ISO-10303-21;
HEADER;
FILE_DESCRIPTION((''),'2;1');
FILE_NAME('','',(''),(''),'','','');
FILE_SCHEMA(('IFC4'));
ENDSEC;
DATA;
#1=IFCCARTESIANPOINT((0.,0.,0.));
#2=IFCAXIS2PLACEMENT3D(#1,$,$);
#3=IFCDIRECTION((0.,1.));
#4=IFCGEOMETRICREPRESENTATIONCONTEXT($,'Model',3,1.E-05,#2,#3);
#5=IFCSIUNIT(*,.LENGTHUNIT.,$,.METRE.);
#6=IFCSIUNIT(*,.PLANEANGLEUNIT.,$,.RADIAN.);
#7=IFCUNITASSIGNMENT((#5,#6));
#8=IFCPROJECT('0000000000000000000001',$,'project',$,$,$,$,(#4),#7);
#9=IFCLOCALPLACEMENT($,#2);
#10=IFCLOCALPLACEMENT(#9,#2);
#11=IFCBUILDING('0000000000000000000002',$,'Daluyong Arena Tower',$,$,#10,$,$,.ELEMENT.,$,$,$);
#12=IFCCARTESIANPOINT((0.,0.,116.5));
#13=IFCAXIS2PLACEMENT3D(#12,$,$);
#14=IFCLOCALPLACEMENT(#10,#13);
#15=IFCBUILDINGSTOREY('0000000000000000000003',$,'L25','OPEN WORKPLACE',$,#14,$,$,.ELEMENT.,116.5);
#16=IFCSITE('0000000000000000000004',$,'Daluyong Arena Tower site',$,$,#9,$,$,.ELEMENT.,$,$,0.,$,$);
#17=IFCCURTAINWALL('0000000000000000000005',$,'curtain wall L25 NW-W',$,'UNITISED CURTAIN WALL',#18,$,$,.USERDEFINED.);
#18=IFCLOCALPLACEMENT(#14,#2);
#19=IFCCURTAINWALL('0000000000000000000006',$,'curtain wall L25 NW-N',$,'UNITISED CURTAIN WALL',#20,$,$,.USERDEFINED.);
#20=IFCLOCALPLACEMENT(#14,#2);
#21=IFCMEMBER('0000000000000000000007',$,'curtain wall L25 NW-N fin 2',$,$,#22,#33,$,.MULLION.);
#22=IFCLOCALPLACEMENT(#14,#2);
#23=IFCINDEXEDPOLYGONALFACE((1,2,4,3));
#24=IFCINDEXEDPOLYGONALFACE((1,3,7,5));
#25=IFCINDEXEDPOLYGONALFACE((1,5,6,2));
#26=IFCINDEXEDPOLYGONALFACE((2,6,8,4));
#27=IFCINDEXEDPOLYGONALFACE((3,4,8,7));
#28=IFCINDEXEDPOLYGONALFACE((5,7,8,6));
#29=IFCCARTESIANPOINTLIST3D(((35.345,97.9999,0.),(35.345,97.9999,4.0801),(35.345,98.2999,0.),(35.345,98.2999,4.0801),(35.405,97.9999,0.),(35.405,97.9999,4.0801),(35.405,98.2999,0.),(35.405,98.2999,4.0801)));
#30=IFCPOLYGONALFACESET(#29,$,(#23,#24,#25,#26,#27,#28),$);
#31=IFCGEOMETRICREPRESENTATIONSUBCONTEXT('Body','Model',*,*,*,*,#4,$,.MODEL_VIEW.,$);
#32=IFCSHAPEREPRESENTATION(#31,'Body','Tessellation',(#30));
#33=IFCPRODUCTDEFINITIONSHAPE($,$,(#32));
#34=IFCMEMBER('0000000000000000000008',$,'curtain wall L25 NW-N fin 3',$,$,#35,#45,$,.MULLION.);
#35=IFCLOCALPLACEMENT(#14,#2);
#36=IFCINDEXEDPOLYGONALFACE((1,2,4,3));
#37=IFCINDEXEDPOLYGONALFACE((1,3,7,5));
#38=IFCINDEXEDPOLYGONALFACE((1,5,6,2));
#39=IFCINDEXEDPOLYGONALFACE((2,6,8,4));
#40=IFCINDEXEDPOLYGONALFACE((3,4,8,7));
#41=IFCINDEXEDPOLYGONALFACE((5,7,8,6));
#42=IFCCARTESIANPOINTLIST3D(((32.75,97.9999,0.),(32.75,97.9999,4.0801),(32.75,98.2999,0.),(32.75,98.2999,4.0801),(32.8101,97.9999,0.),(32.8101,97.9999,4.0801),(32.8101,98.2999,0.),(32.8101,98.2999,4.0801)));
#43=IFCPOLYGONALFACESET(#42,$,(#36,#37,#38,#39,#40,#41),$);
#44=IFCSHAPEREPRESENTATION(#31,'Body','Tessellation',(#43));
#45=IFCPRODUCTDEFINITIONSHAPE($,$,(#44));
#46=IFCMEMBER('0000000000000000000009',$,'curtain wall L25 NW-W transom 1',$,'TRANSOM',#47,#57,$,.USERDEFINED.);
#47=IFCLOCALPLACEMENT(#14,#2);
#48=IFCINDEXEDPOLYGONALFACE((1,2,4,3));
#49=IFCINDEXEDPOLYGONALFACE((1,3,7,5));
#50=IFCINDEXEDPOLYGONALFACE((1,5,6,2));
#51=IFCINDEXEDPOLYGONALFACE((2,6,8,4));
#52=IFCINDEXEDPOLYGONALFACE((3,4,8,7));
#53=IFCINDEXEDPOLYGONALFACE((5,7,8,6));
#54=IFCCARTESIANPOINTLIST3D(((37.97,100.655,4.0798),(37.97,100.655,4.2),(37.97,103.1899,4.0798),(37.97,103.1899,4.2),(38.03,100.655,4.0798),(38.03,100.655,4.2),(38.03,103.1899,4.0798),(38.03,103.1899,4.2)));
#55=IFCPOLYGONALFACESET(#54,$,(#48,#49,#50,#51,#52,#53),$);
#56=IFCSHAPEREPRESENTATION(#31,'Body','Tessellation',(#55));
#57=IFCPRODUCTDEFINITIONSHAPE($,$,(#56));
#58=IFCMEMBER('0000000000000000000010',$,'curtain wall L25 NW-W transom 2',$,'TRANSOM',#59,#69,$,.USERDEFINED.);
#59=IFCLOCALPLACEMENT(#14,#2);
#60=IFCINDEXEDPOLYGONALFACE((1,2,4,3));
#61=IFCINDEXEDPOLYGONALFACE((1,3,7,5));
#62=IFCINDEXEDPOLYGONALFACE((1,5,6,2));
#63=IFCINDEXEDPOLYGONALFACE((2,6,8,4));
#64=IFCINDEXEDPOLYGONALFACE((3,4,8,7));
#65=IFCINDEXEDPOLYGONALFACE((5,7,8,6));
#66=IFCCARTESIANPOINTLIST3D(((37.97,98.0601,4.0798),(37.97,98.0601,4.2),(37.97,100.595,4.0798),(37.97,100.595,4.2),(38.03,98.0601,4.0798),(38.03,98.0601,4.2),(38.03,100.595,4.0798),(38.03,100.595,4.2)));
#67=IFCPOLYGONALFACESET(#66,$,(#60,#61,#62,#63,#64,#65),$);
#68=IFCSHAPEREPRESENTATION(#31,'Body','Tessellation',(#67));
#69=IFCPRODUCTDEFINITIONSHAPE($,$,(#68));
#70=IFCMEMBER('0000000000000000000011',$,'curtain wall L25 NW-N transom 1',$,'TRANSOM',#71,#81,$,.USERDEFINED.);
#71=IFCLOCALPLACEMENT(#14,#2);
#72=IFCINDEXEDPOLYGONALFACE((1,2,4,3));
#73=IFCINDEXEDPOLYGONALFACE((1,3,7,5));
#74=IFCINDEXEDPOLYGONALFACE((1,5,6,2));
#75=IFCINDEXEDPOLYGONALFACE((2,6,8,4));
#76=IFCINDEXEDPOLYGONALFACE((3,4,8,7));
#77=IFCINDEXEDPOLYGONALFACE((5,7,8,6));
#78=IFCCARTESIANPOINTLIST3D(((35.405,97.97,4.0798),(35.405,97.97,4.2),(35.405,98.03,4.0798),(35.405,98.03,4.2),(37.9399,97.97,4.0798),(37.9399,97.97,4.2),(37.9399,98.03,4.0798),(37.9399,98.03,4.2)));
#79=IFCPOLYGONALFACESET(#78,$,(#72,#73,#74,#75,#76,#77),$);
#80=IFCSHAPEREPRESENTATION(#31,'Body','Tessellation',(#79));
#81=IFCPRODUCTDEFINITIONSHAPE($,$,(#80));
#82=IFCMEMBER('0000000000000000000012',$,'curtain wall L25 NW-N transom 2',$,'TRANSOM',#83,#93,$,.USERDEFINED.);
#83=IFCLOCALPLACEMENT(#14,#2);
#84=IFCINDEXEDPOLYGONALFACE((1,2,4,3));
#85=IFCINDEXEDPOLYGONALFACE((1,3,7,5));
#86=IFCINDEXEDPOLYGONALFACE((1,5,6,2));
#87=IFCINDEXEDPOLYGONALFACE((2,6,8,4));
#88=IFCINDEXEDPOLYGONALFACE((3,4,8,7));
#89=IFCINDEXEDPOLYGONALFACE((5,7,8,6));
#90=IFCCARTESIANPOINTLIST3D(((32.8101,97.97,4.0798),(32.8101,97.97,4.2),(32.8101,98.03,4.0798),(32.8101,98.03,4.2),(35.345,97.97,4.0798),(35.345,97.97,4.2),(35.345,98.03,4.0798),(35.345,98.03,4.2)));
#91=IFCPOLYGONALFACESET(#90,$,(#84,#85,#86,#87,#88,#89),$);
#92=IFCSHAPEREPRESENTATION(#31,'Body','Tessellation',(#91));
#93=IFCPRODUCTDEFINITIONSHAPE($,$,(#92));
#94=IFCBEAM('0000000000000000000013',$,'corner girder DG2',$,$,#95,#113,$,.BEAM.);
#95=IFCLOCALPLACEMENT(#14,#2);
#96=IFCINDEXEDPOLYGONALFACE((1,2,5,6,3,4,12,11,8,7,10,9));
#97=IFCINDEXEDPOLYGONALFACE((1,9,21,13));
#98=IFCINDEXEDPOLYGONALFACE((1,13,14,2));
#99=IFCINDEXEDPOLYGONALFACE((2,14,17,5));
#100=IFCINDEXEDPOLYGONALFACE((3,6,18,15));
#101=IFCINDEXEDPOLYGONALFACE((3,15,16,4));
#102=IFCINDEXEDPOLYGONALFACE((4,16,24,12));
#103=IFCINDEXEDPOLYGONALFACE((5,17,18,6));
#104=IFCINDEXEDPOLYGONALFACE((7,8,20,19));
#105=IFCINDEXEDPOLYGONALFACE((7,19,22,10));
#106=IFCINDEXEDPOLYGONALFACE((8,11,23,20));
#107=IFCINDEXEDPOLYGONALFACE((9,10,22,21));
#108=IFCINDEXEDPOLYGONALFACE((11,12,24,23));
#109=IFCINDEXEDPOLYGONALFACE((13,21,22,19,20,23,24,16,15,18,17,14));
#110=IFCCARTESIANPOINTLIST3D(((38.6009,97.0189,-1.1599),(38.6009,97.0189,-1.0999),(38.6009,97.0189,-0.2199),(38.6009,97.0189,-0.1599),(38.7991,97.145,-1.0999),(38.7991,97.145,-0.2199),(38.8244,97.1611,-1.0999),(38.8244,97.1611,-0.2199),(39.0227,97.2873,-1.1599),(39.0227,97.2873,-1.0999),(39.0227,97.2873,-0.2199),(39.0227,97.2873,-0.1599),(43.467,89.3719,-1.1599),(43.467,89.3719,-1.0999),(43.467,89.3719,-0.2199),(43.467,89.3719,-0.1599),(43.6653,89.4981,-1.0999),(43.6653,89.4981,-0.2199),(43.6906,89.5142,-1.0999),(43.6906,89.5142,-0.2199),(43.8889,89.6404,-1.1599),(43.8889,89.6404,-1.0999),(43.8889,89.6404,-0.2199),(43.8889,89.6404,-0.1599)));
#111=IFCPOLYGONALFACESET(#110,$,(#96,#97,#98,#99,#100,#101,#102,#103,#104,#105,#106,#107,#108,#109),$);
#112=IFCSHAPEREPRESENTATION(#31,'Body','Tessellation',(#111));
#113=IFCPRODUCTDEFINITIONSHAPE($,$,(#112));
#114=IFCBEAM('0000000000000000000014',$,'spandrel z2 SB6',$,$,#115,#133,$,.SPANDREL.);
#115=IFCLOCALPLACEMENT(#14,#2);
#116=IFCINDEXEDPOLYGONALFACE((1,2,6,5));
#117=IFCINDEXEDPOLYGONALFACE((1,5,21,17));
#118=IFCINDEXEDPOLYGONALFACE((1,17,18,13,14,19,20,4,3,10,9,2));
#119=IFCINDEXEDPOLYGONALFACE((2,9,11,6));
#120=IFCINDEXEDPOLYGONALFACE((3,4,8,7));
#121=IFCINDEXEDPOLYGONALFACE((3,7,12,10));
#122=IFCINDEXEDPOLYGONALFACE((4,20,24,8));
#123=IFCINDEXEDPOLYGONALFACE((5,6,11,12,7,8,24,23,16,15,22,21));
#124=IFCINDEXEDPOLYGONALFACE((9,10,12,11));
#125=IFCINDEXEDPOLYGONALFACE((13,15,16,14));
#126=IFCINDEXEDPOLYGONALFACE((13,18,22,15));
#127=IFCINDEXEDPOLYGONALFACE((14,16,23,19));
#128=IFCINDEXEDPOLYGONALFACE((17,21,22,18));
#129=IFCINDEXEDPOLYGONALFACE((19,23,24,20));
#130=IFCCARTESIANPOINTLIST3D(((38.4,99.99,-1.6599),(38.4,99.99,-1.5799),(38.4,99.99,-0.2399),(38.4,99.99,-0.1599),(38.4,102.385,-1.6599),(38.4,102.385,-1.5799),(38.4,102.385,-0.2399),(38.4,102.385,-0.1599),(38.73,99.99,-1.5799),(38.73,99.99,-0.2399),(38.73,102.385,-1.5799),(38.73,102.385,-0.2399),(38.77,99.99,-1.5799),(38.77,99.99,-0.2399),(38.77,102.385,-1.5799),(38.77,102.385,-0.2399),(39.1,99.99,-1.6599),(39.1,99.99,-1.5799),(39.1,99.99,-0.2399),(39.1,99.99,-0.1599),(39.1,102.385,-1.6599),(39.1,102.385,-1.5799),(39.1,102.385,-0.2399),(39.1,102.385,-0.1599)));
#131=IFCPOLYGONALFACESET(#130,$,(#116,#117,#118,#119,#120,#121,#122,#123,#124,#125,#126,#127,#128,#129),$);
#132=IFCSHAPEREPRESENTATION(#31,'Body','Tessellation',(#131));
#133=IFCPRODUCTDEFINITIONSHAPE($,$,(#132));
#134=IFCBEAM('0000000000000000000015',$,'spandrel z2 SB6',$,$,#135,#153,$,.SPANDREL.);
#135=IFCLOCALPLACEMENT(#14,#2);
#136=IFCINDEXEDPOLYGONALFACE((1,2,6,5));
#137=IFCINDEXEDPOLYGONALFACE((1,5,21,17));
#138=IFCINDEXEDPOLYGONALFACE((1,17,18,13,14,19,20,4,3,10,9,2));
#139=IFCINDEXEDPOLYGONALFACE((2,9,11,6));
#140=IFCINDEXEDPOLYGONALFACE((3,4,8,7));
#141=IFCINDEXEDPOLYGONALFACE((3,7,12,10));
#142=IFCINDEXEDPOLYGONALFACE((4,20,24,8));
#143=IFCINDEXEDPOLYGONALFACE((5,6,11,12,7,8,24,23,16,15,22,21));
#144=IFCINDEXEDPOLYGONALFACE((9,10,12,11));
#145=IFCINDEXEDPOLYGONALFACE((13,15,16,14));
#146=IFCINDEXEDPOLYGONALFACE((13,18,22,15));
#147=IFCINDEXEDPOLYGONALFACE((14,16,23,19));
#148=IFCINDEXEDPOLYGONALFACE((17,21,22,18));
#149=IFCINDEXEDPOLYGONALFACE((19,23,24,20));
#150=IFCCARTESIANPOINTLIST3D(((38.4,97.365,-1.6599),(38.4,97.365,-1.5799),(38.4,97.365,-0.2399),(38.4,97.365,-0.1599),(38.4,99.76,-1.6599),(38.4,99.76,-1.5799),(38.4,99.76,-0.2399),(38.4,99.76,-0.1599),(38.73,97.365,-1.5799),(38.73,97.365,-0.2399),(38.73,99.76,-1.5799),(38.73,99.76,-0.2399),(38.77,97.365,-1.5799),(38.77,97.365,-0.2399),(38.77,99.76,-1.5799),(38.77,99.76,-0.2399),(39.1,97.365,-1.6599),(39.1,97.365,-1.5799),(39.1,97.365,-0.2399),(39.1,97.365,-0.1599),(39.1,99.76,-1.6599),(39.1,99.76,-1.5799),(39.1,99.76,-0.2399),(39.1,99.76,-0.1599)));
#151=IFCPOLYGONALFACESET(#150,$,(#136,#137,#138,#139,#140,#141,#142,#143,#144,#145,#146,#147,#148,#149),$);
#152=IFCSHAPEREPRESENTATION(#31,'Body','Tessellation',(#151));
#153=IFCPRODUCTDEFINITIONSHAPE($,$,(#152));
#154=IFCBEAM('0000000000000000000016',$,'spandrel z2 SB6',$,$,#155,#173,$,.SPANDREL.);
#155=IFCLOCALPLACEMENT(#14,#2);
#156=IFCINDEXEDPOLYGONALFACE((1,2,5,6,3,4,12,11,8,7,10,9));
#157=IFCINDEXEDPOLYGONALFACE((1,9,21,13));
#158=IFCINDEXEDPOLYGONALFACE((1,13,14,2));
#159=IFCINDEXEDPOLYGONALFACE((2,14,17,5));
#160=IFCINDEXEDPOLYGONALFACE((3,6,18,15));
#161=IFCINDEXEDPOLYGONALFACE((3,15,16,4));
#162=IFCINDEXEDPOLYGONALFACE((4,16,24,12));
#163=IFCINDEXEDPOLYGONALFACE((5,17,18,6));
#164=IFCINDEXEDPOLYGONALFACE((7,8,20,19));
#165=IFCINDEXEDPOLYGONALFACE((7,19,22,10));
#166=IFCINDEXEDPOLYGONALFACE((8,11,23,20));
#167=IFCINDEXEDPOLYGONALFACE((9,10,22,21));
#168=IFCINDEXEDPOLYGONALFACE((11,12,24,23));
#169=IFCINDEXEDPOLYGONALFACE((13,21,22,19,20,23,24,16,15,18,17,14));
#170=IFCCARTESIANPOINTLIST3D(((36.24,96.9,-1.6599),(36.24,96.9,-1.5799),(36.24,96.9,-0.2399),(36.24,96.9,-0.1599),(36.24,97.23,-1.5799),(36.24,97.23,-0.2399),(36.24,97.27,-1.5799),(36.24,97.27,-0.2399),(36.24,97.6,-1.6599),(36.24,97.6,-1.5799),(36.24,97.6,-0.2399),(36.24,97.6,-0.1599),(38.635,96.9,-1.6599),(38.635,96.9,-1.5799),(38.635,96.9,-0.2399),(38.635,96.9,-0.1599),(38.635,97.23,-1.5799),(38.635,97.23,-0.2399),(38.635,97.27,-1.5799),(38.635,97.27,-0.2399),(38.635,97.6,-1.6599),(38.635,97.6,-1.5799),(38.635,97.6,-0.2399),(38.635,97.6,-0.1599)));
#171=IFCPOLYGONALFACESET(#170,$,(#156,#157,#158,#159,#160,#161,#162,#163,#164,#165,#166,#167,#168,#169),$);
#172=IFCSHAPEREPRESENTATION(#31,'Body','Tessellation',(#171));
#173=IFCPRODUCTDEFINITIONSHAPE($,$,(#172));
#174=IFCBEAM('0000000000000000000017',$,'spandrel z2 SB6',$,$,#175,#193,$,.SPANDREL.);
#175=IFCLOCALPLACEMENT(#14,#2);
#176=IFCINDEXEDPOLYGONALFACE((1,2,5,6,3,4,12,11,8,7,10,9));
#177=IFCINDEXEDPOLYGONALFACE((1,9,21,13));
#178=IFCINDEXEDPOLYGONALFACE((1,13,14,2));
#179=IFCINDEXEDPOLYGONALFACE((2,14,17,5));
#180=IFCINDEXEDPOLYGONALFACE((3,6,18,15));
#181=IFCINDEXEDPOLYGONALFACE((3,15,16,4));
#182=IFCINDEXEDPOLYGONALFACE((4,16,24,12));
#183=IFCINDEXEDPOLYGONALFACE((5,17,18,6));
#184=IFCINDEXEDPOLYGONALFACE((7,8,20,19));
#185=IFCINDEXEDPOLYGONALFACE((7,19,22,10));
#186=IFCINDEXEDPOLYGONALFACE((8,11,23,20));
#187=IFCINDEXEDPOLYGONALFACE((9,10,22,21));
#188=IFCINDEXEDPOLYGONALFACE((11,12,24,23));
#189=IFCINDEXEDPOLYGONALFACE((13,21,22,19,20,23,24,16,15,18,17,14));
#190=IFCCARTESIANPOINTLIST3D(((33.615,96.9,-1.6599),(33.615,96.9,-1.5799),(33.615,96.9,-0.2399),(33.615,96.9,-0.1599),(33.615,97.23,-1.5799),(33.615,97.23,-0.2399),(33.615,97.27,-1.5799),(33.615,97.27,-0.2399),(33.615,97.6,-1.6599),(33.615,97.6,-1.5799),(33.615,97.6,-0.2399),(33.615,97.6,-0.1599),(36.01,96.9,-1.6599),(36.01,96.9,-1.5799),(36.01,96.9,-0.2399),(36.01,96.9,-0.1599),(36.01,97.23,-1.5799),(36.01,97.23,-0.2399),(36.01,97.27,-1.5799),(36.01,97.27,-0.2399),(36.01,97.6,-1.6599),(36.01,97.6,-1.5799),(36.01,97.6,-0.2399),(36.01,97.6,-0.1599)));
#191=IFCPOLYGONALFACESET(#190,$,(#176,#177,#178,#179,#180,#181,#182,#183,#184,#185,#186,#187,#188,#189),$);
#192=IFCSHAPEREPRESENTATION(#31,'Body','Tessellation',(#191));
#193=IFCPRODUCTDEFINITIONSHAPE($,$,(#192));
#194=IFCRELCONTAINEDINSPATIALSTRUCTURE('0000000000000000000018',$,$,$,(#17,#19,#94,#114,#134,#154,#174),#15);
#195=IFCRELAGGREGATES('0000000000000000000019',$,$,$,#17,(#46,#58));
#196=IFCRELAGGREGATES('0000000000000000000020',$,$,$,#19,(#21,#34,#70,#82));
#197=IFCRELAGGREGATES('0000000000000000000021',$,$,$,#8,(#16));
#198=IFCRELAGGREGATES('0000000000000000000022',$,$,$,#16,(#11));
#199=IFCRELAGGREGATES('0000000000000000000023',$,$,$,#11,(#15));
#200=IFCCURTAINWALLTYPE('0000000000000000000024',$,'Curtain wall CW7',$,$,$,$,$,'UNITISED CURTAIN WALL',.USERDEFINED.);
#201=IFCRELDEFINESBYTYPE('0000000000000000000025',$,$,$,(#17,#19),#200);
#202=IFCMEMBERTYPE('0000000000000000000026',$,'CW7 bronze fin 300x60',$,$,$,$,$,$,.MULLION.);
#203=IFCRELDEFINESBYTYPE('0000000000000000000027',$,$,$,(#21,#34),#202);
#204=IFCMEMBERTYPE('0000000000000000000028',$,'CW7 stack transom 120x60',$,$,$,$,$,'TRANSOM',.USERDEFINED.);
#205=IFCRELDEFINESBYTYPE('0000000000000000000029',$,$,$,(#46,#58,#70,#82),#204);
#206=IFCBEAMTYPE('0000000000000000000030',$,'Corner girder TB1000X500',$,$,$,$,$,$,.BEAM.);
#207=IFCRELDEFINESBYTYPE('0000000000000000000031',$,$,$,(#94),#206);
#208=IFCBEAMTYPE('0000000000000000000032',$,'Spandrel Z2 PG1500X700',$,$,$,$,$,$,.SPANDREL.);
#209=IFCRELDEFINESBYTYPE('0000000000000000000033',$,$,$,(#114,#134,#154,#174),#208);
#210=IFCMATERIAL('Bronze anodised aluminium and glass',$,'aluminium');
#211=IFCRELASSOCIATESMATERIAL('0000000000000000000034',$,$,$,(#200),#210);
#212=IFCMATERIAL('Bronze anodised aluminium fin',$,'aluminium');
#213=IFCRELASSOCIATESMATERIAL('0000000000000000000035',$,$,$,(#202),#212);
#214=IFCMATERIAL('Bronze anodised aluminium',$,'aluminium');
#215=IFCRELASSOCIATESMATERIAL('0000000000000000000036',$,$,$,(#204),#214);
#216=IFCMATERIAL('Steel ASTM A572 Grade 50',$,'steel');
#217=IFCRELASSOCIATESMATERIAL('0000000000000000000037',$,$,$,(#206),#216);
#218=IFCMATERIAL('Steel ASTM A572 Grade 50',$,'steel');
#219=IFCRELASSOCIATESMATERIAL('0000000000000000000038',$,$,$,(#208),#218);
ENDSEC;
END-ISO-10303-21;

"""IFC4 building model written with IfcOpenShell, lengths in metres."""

from ifc_helpers import new_model, si_unit, direction, frame, origin, origin_2d, place, context, subcontext, project, spatial, rectangle, i_section, extrude, material, material_profile, profile_set, type_object, element, aggregate, save


model = new_model("IFC4")

# Units and contexts
model_context = context("Model", 3, precision=1e-05, world=origin(), true_north=direction((0.0, 1.0)))
body_context = subcontext(model_context, "Body", "Model", "MODEL_VIEW")
ifc_project = project(units=[si_unit("LENGTHUNIT", "METRE"), si_unit("PLANEANGLEUNIT", "RADIAN")], contexts=[model_context])

# Site, building, storey
site_placement = place(None, origin())
site = spatial("IfcSite", under=ifc_project, at=site_placement, Name="Daluyong Arena Tower site", CompositionType="ELEMENT", RefElevation=0.0)
building_placement = place(site_placement, origin())
building = spatial("IfcBuilding", under=site, at=building_placement, Name="Daluyong Arena Tower", CompositionType="ELEMENT")
storey_placement = place(building_placement, frame((0.0, 0.0, 116.5)))
storey = spatial("IfcBuildingStorey", under=building, at=storey_placement, Name="L25", Description="OPEN WORKPLACE", CompositionType="ELEMENT", Elevation=116.5)

# Curtain walls, members
ifc_material_1 = material(Name="Bronze anodised aluminium and glass", Category="aluminium")
curtain_wall_type_1 = type_object("IfcCurtainWallType", Name="Curtain wall CW7", ElementType="UNITISED CURTAIN WALL", PredefinedType="USERDEFINED", material=ifc_material_1)
curtain_wall_1_placement = place(storey_placement, origin())
curtain_wall_1 = element("IfcCurtainWall", 1, at=curtain_wall_1_placement, inside=storey, type_object=curtain_wall_type_1, Name="curtain wall L25 NW-W", ObjectType="UNITISED CURTAIN WALL", PredefinedType="USERDEFINED")
ifc_material_2 = material(Name="Bronze anodised aluminium fin", Category="aluminium")
ifc_material_profile_1 = material_profile(ifc_material_2, rectangle(XDim=0.3, YDim=0.0601, at=origin_2d()))
ifc_profile_set_1 = profile_set([ifc_material_profile_1], Name="Bronze anodised aluminium fin")
member_type_1 = type_object("IfcMemberType", Name="CW7 bronze fin 300x60", PredefinedType="MULLION", material=ifc_profile_set_1)
curtain_wall_2_placement = place(storey_placement, origin())
curtain_wall_2 = element("IfcCurtainWall", 2, at=curtain_wall_2_placement, inside=storey, type_object=curtain_wall_type_1, Name="curtain wall L25 NW-N", ObjectType="UNITISED CURTAIN WALL", PredefinedType="USERDEFINED")
member_1_placement = place(storey_placement, frame((35.375, 98.1499, 0.0), z_axis=(0.0, 0.0, 1.0), x_axis=(0.0, -1.0, 0.0)))
member_1 = element("IfcMember", 3, at=member_1_placement, type_object=member_type_1, Name="curtain wall L25 NW-N fin 2", PredefinedType="MULLION", context=body_context, shape_type="SweptSolid", body=[
    extrude(rectangle(XDim=0.3, YDim=0.0601, at=origin_2d()), origin(), (0.0, 0.0, 1.0), 4.0801),
])
member_2_placement = place(storey_placement, frame((32.78, 98.1499, 0.0), z_axis=(0.0, 0.0, 1.0), x_axis=(0.0, -1.0, 0.0)))
member_2 = element("IfcMember", 4, at=member_2_placement, type_object=member_type_1, Name="curtain wall L25 NW-N fin 3", PredefinedType="MULLION", context=body_context, shape_type="SweptSolid", body=[
    extrude(rectangle(XDim=0.3, YDim=0.0601, at=origin_2d()), origin(), (0.0, 0.0, 1.0), 4.0801),
])

# Members
ifc_material_3 = material(Name="Bronze anodised aluminium", Category="aluminium")
ifc_material_profile_2 = material_profile(ifc_material_3, rectangle(XDim=0.0601, YDim=0.1201, at=origin_2d()))
ifc_profile_set_2 = profile_set([ifc_material_profile_2], Name="Bronze anodised aluminium")
member_type_2 = type_object("IfcMemberType", Name="CW7 stack transom 120x60", ElementType="TRANSOM", PredefinedType="USERDEFINED", material=ifc_profile_set_2)
member_3_placement = place(storey_placement, frame((38.0, 103.1899, 4.1399), z_axis=(0.0, -1.0, 0.0), x_axis=(1.0, 0.0, 0.0)))
member_3 = element("IfcMember", 5, at=member_3_placement, type_object=member_type_2, Name="curtain wall L25 NW-W transom 1", ObjectType="TRANSOM", PredefinedType="USERDEFINED", context=body_context, shape_type="SweptSolid", body=[
    extrude(rectangle(XDim=0.0601, YDim=0.1201, at=origin_2d()), origin(), (0.0, 0.0, 1.0), 2.5349),
])
member_4_placement = place(storey_placement, frame((38.0, 100.595, 4.1399), z_axis=(0.0, -1.0, 0.0), x_axis=(1.0, 0.0, 0.0)))
member_4 = element("IfcMember", 6, at=member_4_placement, type_object=member_type_2, Name="curtain wall L25 NW-W transom 2", ObjectType="TRANSOM", PredefinedType="USERDEFINED", context=body_context, shape_type="SweptSolid", body=[
    extrude(rectangle(XDim=0.0601, YDim=0.1201, at=origin_2d()), origin(), (0.0, 0.0, 1.0), 2.5349),
])
member_5_placement = place(storey_placement, frame((37.9399, 98.0, 4.1399), z_axis=(-1.0, 0.0, 0.0), x_axis=(0.0, -1.0, 0.0)))
member_5 = element("IfcMember", 7, at=member_5_placement, type_object=member_type_2, Name="curtain wall L25 NW-N transom 1", ObjectType="TRANSOM", PredefinedType="USERDEFINED", context=body_context, shape_type="SweptSolid", body=[
    extrude(rectangle(XDim=0.0601, YDim=0.1201, at=origin_2d()), origin(), (0.0, 0.0, 1.0), 2.5349),
])
member_6_placement = place(storey_placement, frame((35.345, 98.0, 4.1399), z_axis=(-1.0, 0.0, 0.0), x_axis=(0.0, -1.0, 0.0)))
member_6 = element("IfcMember", 8, at=member_6_placement, type_object=member_type_2, Name="curtain wall L25 NW-N transom 2", ObjectType="TRANSOM", PredefinedType="USERDEFINED", context=body_context, shape_type="SweptSolid", body=[
    extrude(rectangle(XDim=0.0601, YDim=0.1201, at=origin_2d()), origin(), (0.0, 0.0, 1.0), 2.5349),
])

# Beams
ifc_material_4 = material(Name="Steel ASTM A572 Grade 50", Category="steel")
ifc_material_profile_3 = material_profile(ifc_material_4, i_section(OverallWidth=0.5, OverallDepth=1.0, WebThickness=0.03, FlangeThickness=0.06, at=origin_2d()))
ifc_profile_set_3 = profile_set([ifc_material_profile_3], Name="Steel ASTM A572 Grade 50")
beam_type_1 = type_object("IfcBeamType", Name="Corner girder TB1000X500", PredefinedType="BEAM", material=ifc_profile_set_3)
beam_1_placement = place(storey_placement, frame((38.8118, 97.1531, -0.6599), z_axis=(0.536872, -0.843664, 0.0), x_axis=(0.843664, 0.536872, 0.0)))
element("IfcBeam", 9, at=beam_1_placement, inside=storey, type_object=beam_type_1, Name="corner girder DG2", PredefinedType="BEAM", context=body_context, shape_type="SweptSolid", body=[
    extrude(i_section(OverallWidth=0.5, OverallDepth=1.0, WebThickness=0.03, FlangeThickness=0.06, at=origin_2d()), origin(), (0.0, 0.0, 1.0), 9.064),
])
ifc_material_5 = material(Name="Steel ASTM A572 Grade 50", Category="steel")
ifc_material_profile_4 = material_profile(ifc_material_5, i_section(OverallWidth=0.7, OverallDepth=1.5, WebThickness=0.04, FlangeThickness=0.08, at=origin_2d()))
ifc_profile_set_4 = profile_set([ifc_material_profile_4], Name="Steel ASTM A572 Grade 50")
beam_type_2 = type_object("IfcBeamType", Name="Spandrel Z2 PG1500X700", PredefinedType="SPANDREL", material=ifc_profile_set_4)
for number, where, z_axis, x_axis, name in (
    (10, (38.75, 102.385, -0.9099), (0.0, -1.0, 0.0), (1.0, 0.0, 0.0), "spandrel z2 SB6"),
    (11, (38.75, 99.76, -0.9099), (0.0, -1.0, 0.0), (1.0, 0.0, 0.0), "spandrel z2 SB6"),
    (12, (38.635, 97.25, -0.9099), (-1.0, 0.0, 0.0), (0.0, -1.0, 0.0), "spandrel z2 SB6"),
    (13, (36.01, 97.25, -0.9099), (-1.0, 0.0, 0.0), (0.0, -1.0, 0.0), "spandrel z2 SB6"),
):
    element("IfcBeam", number, at=place(storey_placement, frame(where, z_axis=z_axis, x_axis=x_axis)), inside=storey, type_object=beam_type_2, Name=name, PredefinedType="SPANDREL", context=body_context, shape_type="SweptSolid", body=[
        extrude(i_section(OverallWidth=0.7, OverallDepth=1.5, WebThickness=0.04, FlangeThickness=0.08, at=origin_2d()), origin(), (0.0, 0.0, 1.0), 2.395),
    ])

aggregate(curtain_wall_1, [member_3, member_4])
aggregate(curtain_wall_2, [member_1, member_2, member_5, member_6])

save(model, "model.ifc")
